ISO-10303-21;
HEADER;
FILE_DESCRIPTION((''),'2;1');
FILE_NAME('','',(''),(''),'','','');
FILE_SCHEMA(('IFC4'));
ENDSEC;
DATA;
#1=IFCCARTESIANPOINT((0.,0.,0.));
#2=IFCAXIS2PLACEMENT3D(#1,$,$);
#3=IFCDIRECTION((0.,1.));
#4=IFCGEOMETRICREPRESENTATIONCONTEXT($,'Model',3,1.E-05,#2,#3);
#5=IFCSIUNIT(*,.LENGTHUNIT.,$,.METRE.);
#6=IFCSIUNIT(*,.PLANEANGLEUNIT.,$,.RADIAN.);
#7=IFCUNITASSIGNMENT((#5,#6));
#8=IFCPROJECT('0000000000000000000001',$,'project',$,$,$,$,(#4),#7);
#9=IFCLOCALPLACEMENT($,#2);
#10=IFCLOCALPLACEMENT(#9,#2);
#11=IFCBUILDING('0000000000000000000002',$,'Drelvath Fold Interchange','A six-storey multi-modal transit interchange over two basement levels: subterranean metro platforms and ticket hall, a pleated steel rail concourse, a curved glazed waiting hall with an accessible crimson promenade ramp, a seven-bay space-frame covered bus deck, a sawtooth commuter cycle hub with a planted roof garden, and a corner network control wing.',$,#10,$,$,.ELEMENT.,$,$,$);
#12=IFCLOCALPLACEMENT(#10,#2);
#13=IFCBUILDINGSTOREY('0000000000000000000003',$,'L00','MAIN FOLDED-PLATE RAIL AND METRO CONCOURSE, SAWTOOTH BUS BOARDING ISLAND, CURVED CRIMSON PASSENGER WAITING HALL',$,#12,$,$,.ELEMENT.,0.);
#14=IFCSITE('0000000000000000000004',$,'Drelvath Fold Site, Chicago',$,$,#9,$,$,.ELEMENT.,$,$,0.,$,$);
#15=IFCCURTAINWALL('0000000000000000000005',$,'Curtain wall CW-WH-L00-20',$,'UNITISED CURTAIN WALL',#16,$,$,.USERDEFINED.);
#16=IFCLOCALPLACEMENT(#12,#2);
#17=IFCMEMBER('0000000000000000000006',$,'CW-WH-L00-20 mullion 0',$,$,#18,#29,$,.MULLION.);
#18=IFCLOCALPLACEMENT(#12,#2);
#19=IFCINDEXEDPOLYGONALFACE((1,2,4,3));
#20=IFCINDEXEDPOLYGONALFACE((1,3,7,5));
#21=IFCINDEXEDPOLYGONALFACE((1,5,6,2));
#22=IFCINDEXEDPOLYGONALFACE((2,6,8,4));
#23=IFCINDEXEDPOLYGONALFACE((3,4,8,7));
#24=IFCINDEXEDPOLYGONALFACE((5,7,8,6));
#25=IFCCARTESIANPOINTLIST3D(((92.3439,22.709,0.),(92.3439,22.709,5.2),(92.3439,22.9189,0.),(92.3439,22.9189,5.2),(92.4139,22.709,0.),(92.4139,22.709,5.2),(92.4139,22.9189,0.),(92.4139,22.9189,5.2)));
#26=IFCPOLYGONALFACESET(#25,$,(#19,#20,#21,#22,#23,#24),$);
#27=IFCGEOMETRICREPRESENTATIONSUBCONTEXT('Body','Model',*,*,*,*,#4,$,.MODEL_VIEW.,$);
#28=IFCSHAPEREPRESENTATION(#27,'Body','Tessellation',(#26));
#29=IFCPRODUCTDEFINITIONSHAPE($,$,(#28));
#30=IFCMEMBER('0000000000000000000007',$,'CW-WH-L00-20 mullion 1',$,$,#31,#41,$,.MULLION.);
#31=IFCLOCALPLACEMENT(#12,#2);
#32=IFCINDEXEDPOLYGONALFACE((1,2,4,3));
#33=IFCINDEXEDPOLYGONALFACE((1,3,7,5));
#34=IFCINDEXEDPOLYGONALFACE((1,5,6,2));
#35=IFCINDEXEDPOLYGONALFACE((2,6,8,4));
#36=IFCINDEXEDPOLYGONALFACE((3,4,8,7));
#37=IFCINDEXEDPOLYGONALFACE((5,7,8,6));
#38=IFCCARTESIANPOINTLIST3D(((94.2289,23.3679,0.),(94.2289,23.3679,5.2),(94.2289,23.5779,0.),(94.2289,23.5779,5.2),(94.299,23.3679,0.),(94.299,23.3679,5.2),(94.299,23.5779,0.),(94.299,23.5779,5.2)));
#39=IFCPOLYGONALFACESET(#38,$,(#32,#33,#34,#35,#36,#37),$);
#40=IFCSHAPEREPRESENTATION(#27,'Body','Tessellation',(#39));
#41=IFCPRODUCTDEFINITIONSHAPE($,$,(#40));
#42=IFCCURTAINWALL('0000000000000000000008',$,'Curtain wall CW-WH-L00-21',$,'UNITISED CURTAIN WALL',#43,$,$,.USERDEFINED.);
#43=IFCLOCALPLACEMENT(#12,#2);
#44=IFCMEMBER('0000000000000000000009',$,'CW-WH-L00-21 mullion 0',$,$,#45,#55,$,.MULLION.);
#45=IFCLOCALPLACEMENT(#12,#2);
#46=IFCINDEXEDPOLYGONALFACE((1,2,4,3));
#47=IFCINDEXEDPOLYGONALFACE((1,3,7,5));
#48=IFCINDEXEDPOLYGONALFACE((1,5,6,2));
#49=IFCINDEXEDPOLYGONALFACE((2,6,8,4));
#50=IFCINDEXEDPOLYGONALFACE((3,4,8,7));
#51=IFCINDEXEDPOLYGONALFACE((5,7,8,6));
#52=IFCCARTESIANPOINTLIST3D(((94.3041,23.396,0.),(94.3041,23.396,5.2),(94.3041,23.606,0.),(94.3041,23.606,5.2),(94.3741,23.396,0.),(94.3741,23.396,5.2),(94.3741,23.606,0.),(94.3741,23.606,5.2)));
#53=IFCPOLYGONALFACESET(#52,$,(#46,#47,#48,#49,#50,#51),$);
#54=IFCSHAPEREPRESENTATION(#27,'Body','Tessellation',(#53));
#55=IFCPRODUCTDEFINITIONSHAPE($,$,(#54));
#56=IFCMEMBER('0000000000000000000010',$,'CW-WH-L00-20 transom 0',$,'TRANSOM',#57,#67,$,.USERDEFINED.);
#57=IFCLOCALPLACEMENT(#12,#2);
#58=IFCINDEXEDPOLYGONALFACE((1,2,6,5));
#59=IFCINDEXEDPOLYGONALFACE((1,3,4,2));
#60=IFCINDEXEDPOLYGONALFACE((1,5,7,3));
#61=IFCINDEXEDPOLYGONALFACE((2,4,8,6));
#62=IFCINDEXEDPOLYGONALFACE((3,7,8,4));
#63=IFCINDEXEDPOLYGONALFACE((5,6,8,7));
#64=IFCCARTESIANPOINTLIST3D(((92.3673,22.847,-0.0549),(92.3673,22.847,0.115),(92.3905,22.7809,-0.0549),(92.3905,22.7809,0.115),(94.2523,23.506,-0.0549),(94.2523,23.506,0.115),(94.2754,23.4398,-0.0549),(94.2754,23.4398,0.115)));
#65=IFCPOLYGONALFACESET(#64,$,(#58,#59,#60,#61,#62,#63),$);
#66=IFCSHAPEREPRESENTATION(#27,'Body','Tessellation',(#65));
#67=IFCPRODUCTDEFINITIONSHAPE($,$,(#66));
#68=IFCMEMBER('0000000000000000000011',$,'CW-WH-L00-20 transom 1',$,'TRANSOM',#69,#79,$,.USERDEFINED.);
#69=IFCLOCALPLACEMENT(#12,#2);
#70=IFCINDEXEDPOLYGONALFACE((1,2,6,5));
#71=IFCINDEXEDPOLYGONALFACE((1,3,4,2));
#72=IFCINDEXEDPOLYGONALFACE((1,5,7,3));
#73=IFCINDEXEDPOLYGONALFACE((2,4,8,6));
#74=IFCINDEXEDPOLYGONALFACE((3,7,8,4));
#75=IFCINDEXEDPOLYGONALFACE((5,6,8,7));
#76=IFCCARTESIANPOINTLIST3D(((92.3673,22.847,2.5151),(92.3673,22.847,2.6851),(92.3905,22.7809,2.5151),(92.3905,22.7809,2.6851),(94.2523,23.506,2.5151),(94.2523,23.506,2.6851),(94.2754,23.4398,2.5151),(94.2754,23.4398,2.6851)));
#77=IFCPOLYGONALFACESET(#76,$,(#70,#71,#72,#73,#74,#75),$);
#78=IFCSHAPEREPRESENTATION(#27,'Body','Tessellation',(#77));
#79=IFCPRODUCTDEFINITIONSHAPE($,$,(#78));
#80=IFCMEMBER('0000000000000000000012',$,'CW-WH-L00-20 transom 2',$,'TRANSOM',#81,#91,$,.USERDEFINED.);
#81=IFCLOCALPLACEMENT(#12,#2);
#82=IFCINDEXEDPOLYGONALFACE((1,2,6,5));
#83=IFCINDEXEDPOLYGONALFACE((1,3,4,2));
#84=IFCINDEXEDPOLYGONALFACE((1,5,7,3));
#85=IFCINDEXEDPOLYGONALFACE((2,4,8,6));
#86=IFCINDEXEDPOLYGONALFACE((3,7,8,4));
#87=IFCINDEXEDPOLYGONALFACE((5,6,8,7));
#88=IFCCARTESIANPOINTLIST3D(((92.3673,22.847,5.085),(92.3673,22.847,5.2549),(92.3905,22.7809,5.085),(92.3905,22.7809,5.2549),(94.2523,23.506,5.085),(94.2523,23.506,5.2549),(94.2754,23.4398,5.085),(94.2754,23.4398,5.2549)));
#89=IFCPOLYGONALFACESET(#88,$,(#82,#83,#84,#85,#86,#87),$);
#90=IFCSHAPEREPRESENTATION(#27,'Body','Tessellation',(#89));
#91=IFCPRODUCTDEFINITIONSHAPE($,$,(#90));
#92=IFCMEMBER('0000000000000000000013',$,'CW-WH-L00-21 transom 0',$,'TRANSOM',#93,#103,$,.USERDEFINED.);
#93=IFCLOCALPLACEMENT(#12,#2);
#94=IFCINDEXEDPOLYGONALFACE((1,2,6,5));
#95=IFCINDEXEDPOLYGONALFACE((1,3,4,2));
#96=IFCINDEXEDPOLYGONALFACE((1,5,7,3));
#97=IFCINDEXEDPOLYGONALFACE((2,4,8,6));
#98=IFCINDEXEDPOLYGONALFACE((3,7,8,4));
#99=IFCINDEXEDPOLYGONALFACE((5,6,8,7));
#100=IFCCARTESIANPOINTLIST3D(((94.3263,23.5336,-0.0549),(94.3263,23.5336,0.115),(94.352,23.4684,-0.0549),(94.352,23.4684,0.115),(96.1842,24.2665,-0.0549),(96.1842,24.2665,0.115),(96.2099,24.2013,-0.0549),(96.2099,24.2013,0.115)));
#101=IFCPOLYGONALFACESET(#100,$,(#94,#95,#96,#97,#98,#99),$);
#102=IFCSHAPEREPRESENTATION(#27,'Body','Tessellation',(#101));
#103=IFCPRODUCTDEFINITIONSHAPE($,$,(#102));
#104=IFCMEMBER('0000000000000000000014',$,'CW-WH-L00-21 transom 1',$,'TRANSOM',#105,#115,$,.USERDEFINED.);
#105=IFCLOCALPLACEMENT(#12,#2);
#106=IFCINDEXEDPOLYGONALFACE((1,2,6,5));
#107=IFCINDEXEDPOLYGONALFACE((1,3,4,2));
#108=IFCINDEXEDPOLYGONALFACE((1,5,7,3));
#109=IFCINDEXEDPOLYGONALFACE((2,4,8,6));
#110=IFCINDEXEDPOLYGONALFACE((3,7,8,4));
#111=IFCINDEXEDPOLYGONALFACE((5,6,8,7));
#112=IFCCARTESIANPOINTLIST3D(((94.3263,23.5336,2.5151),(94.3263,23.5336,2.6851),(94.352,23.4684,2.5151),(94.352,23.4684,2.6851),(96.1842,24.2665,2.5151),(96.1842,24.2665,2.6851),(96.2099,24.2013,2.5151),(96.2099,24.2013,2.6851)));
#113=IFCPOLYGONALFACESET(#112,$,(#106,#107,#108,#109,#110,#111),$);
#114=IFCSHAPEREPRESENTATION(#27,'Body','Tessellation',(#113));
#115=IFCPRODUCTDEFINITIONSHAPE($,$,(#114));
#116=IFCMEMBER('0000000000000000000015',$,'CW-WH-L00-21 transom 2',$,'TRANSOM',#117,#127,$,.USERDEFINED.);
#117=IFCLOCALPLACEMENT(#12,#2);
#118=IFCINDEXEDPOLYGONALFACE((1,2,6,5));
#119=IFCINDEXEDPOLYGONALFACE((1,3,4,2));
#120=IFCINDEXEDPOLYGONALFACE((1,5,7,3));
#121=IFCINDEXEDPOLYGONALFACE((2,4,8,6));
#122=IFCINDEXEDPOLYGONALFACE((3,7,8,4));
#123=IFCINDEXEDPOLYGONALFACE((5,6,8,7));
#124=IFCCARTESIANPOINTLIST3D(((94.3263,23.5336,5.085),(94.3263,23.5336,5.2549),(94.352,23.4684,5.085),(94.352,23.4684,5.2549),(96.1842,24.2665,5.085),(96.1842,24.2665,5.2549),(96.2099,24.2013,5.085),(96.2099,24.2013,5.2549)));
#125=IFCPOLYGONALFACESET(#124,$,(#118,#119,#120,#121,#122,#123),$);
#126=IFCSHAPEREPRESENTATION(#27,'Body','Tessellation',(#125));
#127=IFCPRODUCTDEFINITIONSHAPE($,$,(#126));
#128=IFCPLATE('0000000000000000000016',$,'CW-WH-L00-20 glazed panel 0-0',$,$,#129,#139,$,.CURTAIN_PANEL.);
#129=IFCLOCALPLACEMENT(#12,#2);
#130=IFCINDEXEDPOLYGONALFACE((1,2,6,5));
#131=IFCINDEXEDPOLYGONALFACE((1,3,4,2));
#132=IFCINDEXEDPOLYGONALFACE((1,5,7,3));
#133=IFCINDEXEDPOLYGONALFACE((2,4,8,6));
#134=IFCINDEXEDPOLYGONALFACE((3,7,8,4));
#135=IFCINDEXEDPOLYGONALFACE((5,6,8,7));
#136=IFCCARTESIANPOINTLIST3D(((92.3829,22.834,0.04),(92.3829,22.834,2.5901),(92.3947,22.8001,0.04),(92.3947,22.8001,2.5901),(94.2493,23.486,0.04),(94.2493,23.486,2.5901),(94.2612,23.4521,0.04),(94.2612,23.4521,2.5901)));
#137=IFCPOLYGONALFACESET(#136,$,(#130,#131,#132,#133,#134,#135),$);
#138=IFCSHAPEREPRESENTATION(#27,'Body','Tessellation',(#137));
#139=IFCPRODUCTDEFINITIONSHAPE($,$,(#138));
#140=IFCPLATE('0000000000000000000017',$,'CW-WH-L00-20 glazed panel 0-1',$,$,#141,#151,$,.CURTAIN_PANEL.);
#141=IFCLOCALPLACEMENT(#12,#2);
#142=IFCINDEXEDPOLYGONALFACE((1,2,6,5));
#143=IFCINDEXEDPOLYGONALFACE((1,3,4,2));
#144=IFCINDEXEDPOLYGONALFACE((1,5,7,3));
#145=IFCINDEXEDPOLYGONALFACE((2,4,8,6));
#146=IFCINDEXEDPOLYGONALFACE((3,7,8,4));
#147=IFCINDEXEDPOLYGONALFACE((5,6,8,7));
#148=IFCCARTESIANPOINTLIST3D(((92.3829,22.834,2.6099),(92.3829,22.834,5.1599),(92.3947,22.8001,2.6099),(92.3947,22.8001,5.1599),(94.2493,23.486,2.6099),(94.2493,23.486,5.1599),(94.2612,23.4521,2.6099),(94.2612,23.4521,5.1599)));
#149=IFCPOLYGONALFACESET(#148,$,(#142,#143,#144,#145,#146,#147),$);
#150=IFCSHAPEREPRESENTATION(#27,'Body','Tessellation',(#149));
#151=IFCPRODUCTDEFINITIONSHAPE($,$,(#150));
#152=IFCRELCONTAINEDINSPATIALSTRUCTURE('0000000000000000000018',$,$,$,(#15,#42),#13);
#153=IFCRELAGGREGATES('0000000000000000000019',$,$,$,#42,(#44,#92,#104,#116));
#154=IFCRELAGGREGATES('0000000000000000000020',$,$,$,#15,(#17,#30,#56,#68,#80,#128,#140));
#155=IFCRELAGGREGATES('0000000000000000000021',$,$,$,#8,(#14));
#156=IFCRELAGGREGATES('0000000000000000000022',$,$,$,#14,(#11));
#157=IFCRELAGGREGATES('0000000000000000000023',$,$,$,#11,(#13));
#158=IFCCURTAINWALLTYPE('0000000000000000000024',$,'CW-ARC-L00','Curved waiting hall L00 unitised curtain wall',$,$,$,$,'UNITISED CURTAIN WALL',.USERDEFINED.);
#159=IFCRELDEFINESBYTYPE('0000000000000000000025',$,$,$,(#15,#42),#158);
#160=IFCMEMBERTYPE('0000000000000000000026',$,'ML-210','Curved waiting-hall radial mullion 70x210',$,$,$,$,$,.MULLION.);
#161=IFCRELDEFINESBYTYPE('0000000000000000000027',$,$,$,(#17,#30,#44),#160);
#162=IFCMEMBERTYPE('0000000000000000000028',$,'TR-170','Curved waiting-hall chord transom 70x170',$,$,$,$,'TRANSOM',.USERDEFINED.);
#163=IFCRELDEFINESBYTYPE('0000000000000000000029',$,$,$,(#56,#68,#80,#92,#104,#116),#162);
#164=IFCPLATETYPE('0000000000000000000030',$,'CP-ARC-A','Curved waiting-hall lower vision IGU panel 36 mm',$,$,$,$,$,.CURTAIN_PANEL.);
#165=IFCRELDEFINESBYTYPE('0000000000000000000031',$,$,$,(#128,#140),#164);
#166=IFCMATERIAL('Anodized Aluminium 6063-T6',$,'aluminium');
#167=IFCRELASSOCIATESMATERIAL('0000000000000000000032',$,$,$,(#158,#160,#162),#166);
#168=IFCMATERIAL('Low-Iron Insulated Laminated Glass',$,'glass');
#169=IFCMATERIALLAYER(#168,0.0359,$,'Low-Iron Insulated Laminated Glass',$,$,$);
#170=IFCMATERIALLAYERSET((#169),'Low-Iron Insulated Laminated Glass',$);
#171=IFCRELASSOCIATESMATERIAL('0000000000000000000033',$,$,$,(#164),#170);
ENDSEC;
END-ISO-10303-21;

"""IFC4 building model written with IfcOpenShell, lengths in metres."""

from ifc_helpers import new_model, si_unit, direction, frame, origin, origin_2d, place, context, subcontext, project, spatial, rectangle, extrude, material, layer, layer_set, material_profile, profile_set, type_object, element, aggregate, save


model = new_model("IFC4")

# Units and contexts
model_context = context("Model", 3, precision=1e-05, world=origin(), true_north=direction((0.0, 1.0)))
body_context = subcontext(model_context, "Body", "Model", "MODEL_VIEW")
ifc_project = project(units=[si_unit("LENGTHUNIT", "METRE"), si_unit("PLANEANGLEUNIT", "RADIAN")], contexts=[model_context])

# Site, building, storey
site_placement = place(None, origin())
site = spatial("IfcSite", under=ifc_project, at=site_placement, Name="Drelvath Fold Site, Chicago", CompositionType="ELEMENT", RefElevation=0.0)
building_placement = place(site_placement, origin())
building = spatial("IfcBuilding", under=site, at=building_placement, Name="Drelvath Fold Interchange", Description="A six-storey multi-modal transit interchange over two basement levels: subterranean metro platforms and ticket hall, a pleated steel rail concourse, a curved glazed waiting hall with an accessible crimson promenade ramp, a seven-bay space-frame covered bus deck, a sawtooth commuter cycle hub with a planted roof garden, and a corner network control wing.", CompositionType="ELEMENT")
storey_placement = place(building_placement, origin())
storey = spatial("IfcBuildingStorey", under=building, at=storey_placement, Name="L00", Description="MAIN FOLDED-PLATE RAIL AND METRO CONCOURSE, SAWTOOTH BUS BOARDING ISLAND, CURVED CRIMSON PASSENGER WAITING HALL", CompositionType="ELEMENT", Elevation=0.0)

# Shared definitions
ifc_material_1 = material(Name="Anodized Aluminium 6063-T6", Category="aluminium")
curtain_wall_type = type_object("IfcCurtainWallType", Name="CW-ARC-L00", Description="Curved waiting hall L00 unitised curtain wall", ElementType="UNITISED CURTAIN WALL", PredefinedType="USERDEFINED", material=ifc_material_1)
ifc_material_profile_1 = material_profile(ifc_material_1, rectangle(XDim=0.0701, YDim=0.21, at=origin_2d()), Name="AL-M 70x210")
ifc_profile_set_1 = profile_set([ifc_material_profile_1], Name="Anodized Aluminium 6063-T6")
member_type_1 = type_object("IfcMemberType", Name="ML-210", Description="Curved waiting-hall radial mullion 70x210", PredefinedType="MULLION", material=ifc_profile_set_1)

# Curtain wall, members
curtain_wall_1_placement = place(storey_placement, origin())
curtain_wall_1 = element("IfcCurtainWall", 1, at=curtain_wall_1_placement, inside=storey, type_object=curtain_wall_type, Name="Curtain wall CW-WH-L00-20", ObjectType="UNITISED CURTAIN WALL", PredefinedType="USERDEFINED")
member_1_placement = place(storey_placement, frame((92.3789, 22.814, 0.0), z_axis=(0.0, 0.0, 1.0), x_axis=(1.0, 0.0, 0.0)))
member_1 = element("IfcMember", 2, at=member_1_placement, type_object=member_type_1, Name="CW-WH-L00-20 mullion 0", PredefinedType="MULLION", context=body_context, shape_type="SweptSolid", body=[
    extrude(rectangle(XDim=0.0701, YDim=0.21, at=origin_2d()), origin(), (0.0, 0.0, 1.0), 5.2),
])
member_2_placement = place(storey_placement, frame((94.2639, 23.4729, 0.0), z_axis=(0.0, 0.0, 1.0), x_axis=(1.0, 0.0, 0.0)))
member_2 = element("IfcMember", 3, at=member_2_placement, type_object=member_type_1, Name="CW-WH-L00-20 mullion 1", PredefinedType="MULLION", context=body_context, shape_type="SweptSolid", body=[
    extrude(rectangle(XDim=0.0701, YDim=0.21, at=origin_2d()), origin(), (0.0, 0.0, 1.0), 5.2),
])

# Curtain wall, member
curtain_wall_2_placement = place(storey_placement, origin())
curtain_wall_2 = element("IfcCurtainWall", 4, at=curtain_wall_2_placement, inside=storey, type_object=curtain_wall_type, Name="Curtain wall CW-WH-L00-21", ObjectType="UNITISED CURTAIN WALL", PredefinedType="USERDEFINED")
member_3_placement = place(storey_placement, frame((94.3391, 23.501, 0.0), z_axis=(0.0, 0.0, 1.0), x_axis=(1.0, 0.0, 0.0)))
member_3 = element("IfcMember", 5, at=member_3_placement, type_object=member_type_1, Name="CW-WH-L00-21 mullion 0", PredefinedType="MULLION", context=body_context, shape_type="SweptSolid", body=[
    extrude(rectangle(XDim=0.0701, YDim=0.21, at=origin_2d()), origin(), (0.0, 0.0, 1.0), 5.2),
])

# Members
ifc_material_profile_2 = material_profile(ifc_material_1, rectangle(XDim=0.0701, YDim=0.1699, at=origin_2d()), Name="AL-T 70x170")
ifc_profile_set_2 = profile_set([ifc_material_profile_2], Name="Anodized Aluminium 6063-T6")
member_type_2 = type_object("IfcMemberType", Name="TR-170", Description="Curved waiting-hall chord transom 70x170", ElementType="TRANSOM", PredefinedType="USERDEFINED", material=ifc_profile_set_2)
member_4_placement = place(storey_placement, frame((92.3789, 22.814, 0.03), z_axis=(0.943986, 0.329986, 0.0), x_axis=(-0.329986, 0.943986, 0.0)))
member_4 = element("IfcMember", 6, at=member_4_placement, type_object=member_type_2, Name="CW-WH-L00-20 transom 0", ObjectType="TRANSOM", PredefinedType="USERDEFINED", context=body_context, shape_type="SweptSolid", body=[
    extrude(rectangle(XDim=0.0701, YDim=0.1699, at=origin_2d()), origin(), (0.0, 0.0, 1.0), 1.9968),
])
member_5_placement = place(storey_placement, frame((92.3789, 22.814, 2.6001), z_axis=(0.943986, 0.329986, 0.0), x_axis=(-0.329986, 0.943986, 0.0)))
member_5 = element("IfcMember", 7, at=member_5_placement, type_object=member_type_2, Name="CW-WH-L00-20 transom 1", ObjectType="TRANSOM", PredefinedType="USERDEFINED", context=body_context, shape_type="SweptSolid", body=[
    extrude(rectangle(XDim=0.0701, YDim=0.1699, at=origin_2d()), origin(), (0.0, 0.0, 1.0), 1.9968),
])
member_6_placement = place(storey_placement, frame((92.3789, 22.814, 5.1699), z_axis=(0.943986, 0.329986, 0.0), x_axis=(-0.329986, 0.943986, 0.0)))
member_6 = element("IfcMember", 8, at=member_6_placement, type_object=member_type_2, Name="CW-WH-L00-20 transom 2", ObjectType="TRANSOM", PredefinedType="USERDEFINED", context=body_context, shape_type="SweptSolid", body=[
    extrude(rectangle(XDim=0.0701, YDim=0.1699, at=origin_2d()), origin(), (0.0, 0.0, 1.0), 1.9968),
])
member_7_placement = place(storey_placement, frame((94.3391, 23.501, 0.03), z_axis=(0.930236, 0.366961, 0.0), x_axis=(-0.366961, 0.930236, 0.0)))
member_7 = element("IfcMember", 9, at=member_7_placement, type_object=member_type_2, Name="CW-WH-L00-21 transom 0", ObjectType="TRANSOM", PredefinedType="USERDEFINED", context=body_context, shape_type="SweptSolid", body=[
    extrude(rectangle(XDim=0.0701, YDim=0.1699, at=origin_2d()), origin(), (0.0, 0.0, 1.0), 1.9973),
])
member_8_placement = place(storey_placement, frame((94.3391, 23.501, 2.6001), z_axis=(0.930236, 0.366961, 0.0), x_axis=(-0.366961, 0.930236, 0.0)))
member_8 = element("IfcMember", 10, at=member_8_placement, type_object=member_type_2, Name="CW-WH-L00-21 transom 1", ObjectType="TRANSOM", PredefinedType="USERDEFINED", context=body_context, shape_type="SweptSolid", body=[
    extrude(rectangle(XDim=0.0701, YDim=0.1699, at=origin_2d()), origin(), (0.0, 0.0, 1.0), 1.9973),
])
member_9_placement = place(storey_placement, frame((94.3391, 23.501, 5.1699), z_axis=(0.930236, 0.366961, 0.0), x_axis=(-0.366961, 0.930236, 0.0)))
member_9 = element("IfcMember", 11, at=member_9_placement, type_object=member_type_2, Name="CW-WH-L00-21 transom 2", ObjectType="TRANSOM", PredefinedType="USERDEFINED", context=body_context, shape_type="SweptSolid", body=[
    extrude(rectangle(XDim=0.0701, YDim=0.1699, at=origin_2d()), origin(), (0.0, 0.0, 1.0), 1.9973),
])
aggregate(curtain_wall_2, [member_3, member_7, member_8, member_9])

# Plates
ifc_material_2 = material(Name="Low-Iron Insulated Laminated Glass", Category="glass")
ifc_layer_1 = layer(ifc_material_2, 0.0359, Name="Low-Iron Insulated Laminated Glass")
ifc_layer_set_1 = layer_set([ifc_layer_1], Name="Low-Iron Insulated Laminated Glass")
plate_type = type_object("IfcPlateType", Name="CP-ARC-A", Description="Curved waiting-hall lower vision IGU panel 36 mm", PredefinedType="CURTAIN_PANEL", material=ifc_layer_set_1)
plate_1_placement = place(storey_placement, frame((93.322, 23.1431, 0.04), z_axis=(0.0, 0.0, 1.0), x_axis=(0.94406, 0.329773, 0.0)))
plate_1 = element("IfcPlate", 12, at=plate_1_placement, type_object=plate_type, Name="CW-WH-L00-20 glazed panel 0-0", PredefinedType="CURTAIN_PANEL", context=body_context, shape_type="SweptSolid", body=[
    extrude(rectangle(XDim=1.9771, YDim=0.0359, at=origin_2d()), origin(), (0.0, 0.0, 1.0), 2.55),
])
plate_2_placement = place(storey_placement, frame((93.322, 23.1431, 2.6099), z_axis=(0.0, 0.0, 1.0), x_axis=(0.94406, 0.329773, 0.0)))
plate_2 = element("IfcPlate", 13, at=plate_2_placement, type_object=plate_type, Name="CW-WH-L00-20 glazed panel 0-1", PredefinedType="CURTAIN_PANEL", context=body_context, shape_type="SweptSolid", body=[
    extrude(rectangle(XDim=1.9771, YDim=0.0359, at=origin_2d()), origin(), (0.0, 0.0, 1.0), 2.55),
])
aggregate(curtain_wall_1, [member_1, member_2, member_4, member_5, member_6, plate_1, plate_2])

save(model, "model.ifc")
